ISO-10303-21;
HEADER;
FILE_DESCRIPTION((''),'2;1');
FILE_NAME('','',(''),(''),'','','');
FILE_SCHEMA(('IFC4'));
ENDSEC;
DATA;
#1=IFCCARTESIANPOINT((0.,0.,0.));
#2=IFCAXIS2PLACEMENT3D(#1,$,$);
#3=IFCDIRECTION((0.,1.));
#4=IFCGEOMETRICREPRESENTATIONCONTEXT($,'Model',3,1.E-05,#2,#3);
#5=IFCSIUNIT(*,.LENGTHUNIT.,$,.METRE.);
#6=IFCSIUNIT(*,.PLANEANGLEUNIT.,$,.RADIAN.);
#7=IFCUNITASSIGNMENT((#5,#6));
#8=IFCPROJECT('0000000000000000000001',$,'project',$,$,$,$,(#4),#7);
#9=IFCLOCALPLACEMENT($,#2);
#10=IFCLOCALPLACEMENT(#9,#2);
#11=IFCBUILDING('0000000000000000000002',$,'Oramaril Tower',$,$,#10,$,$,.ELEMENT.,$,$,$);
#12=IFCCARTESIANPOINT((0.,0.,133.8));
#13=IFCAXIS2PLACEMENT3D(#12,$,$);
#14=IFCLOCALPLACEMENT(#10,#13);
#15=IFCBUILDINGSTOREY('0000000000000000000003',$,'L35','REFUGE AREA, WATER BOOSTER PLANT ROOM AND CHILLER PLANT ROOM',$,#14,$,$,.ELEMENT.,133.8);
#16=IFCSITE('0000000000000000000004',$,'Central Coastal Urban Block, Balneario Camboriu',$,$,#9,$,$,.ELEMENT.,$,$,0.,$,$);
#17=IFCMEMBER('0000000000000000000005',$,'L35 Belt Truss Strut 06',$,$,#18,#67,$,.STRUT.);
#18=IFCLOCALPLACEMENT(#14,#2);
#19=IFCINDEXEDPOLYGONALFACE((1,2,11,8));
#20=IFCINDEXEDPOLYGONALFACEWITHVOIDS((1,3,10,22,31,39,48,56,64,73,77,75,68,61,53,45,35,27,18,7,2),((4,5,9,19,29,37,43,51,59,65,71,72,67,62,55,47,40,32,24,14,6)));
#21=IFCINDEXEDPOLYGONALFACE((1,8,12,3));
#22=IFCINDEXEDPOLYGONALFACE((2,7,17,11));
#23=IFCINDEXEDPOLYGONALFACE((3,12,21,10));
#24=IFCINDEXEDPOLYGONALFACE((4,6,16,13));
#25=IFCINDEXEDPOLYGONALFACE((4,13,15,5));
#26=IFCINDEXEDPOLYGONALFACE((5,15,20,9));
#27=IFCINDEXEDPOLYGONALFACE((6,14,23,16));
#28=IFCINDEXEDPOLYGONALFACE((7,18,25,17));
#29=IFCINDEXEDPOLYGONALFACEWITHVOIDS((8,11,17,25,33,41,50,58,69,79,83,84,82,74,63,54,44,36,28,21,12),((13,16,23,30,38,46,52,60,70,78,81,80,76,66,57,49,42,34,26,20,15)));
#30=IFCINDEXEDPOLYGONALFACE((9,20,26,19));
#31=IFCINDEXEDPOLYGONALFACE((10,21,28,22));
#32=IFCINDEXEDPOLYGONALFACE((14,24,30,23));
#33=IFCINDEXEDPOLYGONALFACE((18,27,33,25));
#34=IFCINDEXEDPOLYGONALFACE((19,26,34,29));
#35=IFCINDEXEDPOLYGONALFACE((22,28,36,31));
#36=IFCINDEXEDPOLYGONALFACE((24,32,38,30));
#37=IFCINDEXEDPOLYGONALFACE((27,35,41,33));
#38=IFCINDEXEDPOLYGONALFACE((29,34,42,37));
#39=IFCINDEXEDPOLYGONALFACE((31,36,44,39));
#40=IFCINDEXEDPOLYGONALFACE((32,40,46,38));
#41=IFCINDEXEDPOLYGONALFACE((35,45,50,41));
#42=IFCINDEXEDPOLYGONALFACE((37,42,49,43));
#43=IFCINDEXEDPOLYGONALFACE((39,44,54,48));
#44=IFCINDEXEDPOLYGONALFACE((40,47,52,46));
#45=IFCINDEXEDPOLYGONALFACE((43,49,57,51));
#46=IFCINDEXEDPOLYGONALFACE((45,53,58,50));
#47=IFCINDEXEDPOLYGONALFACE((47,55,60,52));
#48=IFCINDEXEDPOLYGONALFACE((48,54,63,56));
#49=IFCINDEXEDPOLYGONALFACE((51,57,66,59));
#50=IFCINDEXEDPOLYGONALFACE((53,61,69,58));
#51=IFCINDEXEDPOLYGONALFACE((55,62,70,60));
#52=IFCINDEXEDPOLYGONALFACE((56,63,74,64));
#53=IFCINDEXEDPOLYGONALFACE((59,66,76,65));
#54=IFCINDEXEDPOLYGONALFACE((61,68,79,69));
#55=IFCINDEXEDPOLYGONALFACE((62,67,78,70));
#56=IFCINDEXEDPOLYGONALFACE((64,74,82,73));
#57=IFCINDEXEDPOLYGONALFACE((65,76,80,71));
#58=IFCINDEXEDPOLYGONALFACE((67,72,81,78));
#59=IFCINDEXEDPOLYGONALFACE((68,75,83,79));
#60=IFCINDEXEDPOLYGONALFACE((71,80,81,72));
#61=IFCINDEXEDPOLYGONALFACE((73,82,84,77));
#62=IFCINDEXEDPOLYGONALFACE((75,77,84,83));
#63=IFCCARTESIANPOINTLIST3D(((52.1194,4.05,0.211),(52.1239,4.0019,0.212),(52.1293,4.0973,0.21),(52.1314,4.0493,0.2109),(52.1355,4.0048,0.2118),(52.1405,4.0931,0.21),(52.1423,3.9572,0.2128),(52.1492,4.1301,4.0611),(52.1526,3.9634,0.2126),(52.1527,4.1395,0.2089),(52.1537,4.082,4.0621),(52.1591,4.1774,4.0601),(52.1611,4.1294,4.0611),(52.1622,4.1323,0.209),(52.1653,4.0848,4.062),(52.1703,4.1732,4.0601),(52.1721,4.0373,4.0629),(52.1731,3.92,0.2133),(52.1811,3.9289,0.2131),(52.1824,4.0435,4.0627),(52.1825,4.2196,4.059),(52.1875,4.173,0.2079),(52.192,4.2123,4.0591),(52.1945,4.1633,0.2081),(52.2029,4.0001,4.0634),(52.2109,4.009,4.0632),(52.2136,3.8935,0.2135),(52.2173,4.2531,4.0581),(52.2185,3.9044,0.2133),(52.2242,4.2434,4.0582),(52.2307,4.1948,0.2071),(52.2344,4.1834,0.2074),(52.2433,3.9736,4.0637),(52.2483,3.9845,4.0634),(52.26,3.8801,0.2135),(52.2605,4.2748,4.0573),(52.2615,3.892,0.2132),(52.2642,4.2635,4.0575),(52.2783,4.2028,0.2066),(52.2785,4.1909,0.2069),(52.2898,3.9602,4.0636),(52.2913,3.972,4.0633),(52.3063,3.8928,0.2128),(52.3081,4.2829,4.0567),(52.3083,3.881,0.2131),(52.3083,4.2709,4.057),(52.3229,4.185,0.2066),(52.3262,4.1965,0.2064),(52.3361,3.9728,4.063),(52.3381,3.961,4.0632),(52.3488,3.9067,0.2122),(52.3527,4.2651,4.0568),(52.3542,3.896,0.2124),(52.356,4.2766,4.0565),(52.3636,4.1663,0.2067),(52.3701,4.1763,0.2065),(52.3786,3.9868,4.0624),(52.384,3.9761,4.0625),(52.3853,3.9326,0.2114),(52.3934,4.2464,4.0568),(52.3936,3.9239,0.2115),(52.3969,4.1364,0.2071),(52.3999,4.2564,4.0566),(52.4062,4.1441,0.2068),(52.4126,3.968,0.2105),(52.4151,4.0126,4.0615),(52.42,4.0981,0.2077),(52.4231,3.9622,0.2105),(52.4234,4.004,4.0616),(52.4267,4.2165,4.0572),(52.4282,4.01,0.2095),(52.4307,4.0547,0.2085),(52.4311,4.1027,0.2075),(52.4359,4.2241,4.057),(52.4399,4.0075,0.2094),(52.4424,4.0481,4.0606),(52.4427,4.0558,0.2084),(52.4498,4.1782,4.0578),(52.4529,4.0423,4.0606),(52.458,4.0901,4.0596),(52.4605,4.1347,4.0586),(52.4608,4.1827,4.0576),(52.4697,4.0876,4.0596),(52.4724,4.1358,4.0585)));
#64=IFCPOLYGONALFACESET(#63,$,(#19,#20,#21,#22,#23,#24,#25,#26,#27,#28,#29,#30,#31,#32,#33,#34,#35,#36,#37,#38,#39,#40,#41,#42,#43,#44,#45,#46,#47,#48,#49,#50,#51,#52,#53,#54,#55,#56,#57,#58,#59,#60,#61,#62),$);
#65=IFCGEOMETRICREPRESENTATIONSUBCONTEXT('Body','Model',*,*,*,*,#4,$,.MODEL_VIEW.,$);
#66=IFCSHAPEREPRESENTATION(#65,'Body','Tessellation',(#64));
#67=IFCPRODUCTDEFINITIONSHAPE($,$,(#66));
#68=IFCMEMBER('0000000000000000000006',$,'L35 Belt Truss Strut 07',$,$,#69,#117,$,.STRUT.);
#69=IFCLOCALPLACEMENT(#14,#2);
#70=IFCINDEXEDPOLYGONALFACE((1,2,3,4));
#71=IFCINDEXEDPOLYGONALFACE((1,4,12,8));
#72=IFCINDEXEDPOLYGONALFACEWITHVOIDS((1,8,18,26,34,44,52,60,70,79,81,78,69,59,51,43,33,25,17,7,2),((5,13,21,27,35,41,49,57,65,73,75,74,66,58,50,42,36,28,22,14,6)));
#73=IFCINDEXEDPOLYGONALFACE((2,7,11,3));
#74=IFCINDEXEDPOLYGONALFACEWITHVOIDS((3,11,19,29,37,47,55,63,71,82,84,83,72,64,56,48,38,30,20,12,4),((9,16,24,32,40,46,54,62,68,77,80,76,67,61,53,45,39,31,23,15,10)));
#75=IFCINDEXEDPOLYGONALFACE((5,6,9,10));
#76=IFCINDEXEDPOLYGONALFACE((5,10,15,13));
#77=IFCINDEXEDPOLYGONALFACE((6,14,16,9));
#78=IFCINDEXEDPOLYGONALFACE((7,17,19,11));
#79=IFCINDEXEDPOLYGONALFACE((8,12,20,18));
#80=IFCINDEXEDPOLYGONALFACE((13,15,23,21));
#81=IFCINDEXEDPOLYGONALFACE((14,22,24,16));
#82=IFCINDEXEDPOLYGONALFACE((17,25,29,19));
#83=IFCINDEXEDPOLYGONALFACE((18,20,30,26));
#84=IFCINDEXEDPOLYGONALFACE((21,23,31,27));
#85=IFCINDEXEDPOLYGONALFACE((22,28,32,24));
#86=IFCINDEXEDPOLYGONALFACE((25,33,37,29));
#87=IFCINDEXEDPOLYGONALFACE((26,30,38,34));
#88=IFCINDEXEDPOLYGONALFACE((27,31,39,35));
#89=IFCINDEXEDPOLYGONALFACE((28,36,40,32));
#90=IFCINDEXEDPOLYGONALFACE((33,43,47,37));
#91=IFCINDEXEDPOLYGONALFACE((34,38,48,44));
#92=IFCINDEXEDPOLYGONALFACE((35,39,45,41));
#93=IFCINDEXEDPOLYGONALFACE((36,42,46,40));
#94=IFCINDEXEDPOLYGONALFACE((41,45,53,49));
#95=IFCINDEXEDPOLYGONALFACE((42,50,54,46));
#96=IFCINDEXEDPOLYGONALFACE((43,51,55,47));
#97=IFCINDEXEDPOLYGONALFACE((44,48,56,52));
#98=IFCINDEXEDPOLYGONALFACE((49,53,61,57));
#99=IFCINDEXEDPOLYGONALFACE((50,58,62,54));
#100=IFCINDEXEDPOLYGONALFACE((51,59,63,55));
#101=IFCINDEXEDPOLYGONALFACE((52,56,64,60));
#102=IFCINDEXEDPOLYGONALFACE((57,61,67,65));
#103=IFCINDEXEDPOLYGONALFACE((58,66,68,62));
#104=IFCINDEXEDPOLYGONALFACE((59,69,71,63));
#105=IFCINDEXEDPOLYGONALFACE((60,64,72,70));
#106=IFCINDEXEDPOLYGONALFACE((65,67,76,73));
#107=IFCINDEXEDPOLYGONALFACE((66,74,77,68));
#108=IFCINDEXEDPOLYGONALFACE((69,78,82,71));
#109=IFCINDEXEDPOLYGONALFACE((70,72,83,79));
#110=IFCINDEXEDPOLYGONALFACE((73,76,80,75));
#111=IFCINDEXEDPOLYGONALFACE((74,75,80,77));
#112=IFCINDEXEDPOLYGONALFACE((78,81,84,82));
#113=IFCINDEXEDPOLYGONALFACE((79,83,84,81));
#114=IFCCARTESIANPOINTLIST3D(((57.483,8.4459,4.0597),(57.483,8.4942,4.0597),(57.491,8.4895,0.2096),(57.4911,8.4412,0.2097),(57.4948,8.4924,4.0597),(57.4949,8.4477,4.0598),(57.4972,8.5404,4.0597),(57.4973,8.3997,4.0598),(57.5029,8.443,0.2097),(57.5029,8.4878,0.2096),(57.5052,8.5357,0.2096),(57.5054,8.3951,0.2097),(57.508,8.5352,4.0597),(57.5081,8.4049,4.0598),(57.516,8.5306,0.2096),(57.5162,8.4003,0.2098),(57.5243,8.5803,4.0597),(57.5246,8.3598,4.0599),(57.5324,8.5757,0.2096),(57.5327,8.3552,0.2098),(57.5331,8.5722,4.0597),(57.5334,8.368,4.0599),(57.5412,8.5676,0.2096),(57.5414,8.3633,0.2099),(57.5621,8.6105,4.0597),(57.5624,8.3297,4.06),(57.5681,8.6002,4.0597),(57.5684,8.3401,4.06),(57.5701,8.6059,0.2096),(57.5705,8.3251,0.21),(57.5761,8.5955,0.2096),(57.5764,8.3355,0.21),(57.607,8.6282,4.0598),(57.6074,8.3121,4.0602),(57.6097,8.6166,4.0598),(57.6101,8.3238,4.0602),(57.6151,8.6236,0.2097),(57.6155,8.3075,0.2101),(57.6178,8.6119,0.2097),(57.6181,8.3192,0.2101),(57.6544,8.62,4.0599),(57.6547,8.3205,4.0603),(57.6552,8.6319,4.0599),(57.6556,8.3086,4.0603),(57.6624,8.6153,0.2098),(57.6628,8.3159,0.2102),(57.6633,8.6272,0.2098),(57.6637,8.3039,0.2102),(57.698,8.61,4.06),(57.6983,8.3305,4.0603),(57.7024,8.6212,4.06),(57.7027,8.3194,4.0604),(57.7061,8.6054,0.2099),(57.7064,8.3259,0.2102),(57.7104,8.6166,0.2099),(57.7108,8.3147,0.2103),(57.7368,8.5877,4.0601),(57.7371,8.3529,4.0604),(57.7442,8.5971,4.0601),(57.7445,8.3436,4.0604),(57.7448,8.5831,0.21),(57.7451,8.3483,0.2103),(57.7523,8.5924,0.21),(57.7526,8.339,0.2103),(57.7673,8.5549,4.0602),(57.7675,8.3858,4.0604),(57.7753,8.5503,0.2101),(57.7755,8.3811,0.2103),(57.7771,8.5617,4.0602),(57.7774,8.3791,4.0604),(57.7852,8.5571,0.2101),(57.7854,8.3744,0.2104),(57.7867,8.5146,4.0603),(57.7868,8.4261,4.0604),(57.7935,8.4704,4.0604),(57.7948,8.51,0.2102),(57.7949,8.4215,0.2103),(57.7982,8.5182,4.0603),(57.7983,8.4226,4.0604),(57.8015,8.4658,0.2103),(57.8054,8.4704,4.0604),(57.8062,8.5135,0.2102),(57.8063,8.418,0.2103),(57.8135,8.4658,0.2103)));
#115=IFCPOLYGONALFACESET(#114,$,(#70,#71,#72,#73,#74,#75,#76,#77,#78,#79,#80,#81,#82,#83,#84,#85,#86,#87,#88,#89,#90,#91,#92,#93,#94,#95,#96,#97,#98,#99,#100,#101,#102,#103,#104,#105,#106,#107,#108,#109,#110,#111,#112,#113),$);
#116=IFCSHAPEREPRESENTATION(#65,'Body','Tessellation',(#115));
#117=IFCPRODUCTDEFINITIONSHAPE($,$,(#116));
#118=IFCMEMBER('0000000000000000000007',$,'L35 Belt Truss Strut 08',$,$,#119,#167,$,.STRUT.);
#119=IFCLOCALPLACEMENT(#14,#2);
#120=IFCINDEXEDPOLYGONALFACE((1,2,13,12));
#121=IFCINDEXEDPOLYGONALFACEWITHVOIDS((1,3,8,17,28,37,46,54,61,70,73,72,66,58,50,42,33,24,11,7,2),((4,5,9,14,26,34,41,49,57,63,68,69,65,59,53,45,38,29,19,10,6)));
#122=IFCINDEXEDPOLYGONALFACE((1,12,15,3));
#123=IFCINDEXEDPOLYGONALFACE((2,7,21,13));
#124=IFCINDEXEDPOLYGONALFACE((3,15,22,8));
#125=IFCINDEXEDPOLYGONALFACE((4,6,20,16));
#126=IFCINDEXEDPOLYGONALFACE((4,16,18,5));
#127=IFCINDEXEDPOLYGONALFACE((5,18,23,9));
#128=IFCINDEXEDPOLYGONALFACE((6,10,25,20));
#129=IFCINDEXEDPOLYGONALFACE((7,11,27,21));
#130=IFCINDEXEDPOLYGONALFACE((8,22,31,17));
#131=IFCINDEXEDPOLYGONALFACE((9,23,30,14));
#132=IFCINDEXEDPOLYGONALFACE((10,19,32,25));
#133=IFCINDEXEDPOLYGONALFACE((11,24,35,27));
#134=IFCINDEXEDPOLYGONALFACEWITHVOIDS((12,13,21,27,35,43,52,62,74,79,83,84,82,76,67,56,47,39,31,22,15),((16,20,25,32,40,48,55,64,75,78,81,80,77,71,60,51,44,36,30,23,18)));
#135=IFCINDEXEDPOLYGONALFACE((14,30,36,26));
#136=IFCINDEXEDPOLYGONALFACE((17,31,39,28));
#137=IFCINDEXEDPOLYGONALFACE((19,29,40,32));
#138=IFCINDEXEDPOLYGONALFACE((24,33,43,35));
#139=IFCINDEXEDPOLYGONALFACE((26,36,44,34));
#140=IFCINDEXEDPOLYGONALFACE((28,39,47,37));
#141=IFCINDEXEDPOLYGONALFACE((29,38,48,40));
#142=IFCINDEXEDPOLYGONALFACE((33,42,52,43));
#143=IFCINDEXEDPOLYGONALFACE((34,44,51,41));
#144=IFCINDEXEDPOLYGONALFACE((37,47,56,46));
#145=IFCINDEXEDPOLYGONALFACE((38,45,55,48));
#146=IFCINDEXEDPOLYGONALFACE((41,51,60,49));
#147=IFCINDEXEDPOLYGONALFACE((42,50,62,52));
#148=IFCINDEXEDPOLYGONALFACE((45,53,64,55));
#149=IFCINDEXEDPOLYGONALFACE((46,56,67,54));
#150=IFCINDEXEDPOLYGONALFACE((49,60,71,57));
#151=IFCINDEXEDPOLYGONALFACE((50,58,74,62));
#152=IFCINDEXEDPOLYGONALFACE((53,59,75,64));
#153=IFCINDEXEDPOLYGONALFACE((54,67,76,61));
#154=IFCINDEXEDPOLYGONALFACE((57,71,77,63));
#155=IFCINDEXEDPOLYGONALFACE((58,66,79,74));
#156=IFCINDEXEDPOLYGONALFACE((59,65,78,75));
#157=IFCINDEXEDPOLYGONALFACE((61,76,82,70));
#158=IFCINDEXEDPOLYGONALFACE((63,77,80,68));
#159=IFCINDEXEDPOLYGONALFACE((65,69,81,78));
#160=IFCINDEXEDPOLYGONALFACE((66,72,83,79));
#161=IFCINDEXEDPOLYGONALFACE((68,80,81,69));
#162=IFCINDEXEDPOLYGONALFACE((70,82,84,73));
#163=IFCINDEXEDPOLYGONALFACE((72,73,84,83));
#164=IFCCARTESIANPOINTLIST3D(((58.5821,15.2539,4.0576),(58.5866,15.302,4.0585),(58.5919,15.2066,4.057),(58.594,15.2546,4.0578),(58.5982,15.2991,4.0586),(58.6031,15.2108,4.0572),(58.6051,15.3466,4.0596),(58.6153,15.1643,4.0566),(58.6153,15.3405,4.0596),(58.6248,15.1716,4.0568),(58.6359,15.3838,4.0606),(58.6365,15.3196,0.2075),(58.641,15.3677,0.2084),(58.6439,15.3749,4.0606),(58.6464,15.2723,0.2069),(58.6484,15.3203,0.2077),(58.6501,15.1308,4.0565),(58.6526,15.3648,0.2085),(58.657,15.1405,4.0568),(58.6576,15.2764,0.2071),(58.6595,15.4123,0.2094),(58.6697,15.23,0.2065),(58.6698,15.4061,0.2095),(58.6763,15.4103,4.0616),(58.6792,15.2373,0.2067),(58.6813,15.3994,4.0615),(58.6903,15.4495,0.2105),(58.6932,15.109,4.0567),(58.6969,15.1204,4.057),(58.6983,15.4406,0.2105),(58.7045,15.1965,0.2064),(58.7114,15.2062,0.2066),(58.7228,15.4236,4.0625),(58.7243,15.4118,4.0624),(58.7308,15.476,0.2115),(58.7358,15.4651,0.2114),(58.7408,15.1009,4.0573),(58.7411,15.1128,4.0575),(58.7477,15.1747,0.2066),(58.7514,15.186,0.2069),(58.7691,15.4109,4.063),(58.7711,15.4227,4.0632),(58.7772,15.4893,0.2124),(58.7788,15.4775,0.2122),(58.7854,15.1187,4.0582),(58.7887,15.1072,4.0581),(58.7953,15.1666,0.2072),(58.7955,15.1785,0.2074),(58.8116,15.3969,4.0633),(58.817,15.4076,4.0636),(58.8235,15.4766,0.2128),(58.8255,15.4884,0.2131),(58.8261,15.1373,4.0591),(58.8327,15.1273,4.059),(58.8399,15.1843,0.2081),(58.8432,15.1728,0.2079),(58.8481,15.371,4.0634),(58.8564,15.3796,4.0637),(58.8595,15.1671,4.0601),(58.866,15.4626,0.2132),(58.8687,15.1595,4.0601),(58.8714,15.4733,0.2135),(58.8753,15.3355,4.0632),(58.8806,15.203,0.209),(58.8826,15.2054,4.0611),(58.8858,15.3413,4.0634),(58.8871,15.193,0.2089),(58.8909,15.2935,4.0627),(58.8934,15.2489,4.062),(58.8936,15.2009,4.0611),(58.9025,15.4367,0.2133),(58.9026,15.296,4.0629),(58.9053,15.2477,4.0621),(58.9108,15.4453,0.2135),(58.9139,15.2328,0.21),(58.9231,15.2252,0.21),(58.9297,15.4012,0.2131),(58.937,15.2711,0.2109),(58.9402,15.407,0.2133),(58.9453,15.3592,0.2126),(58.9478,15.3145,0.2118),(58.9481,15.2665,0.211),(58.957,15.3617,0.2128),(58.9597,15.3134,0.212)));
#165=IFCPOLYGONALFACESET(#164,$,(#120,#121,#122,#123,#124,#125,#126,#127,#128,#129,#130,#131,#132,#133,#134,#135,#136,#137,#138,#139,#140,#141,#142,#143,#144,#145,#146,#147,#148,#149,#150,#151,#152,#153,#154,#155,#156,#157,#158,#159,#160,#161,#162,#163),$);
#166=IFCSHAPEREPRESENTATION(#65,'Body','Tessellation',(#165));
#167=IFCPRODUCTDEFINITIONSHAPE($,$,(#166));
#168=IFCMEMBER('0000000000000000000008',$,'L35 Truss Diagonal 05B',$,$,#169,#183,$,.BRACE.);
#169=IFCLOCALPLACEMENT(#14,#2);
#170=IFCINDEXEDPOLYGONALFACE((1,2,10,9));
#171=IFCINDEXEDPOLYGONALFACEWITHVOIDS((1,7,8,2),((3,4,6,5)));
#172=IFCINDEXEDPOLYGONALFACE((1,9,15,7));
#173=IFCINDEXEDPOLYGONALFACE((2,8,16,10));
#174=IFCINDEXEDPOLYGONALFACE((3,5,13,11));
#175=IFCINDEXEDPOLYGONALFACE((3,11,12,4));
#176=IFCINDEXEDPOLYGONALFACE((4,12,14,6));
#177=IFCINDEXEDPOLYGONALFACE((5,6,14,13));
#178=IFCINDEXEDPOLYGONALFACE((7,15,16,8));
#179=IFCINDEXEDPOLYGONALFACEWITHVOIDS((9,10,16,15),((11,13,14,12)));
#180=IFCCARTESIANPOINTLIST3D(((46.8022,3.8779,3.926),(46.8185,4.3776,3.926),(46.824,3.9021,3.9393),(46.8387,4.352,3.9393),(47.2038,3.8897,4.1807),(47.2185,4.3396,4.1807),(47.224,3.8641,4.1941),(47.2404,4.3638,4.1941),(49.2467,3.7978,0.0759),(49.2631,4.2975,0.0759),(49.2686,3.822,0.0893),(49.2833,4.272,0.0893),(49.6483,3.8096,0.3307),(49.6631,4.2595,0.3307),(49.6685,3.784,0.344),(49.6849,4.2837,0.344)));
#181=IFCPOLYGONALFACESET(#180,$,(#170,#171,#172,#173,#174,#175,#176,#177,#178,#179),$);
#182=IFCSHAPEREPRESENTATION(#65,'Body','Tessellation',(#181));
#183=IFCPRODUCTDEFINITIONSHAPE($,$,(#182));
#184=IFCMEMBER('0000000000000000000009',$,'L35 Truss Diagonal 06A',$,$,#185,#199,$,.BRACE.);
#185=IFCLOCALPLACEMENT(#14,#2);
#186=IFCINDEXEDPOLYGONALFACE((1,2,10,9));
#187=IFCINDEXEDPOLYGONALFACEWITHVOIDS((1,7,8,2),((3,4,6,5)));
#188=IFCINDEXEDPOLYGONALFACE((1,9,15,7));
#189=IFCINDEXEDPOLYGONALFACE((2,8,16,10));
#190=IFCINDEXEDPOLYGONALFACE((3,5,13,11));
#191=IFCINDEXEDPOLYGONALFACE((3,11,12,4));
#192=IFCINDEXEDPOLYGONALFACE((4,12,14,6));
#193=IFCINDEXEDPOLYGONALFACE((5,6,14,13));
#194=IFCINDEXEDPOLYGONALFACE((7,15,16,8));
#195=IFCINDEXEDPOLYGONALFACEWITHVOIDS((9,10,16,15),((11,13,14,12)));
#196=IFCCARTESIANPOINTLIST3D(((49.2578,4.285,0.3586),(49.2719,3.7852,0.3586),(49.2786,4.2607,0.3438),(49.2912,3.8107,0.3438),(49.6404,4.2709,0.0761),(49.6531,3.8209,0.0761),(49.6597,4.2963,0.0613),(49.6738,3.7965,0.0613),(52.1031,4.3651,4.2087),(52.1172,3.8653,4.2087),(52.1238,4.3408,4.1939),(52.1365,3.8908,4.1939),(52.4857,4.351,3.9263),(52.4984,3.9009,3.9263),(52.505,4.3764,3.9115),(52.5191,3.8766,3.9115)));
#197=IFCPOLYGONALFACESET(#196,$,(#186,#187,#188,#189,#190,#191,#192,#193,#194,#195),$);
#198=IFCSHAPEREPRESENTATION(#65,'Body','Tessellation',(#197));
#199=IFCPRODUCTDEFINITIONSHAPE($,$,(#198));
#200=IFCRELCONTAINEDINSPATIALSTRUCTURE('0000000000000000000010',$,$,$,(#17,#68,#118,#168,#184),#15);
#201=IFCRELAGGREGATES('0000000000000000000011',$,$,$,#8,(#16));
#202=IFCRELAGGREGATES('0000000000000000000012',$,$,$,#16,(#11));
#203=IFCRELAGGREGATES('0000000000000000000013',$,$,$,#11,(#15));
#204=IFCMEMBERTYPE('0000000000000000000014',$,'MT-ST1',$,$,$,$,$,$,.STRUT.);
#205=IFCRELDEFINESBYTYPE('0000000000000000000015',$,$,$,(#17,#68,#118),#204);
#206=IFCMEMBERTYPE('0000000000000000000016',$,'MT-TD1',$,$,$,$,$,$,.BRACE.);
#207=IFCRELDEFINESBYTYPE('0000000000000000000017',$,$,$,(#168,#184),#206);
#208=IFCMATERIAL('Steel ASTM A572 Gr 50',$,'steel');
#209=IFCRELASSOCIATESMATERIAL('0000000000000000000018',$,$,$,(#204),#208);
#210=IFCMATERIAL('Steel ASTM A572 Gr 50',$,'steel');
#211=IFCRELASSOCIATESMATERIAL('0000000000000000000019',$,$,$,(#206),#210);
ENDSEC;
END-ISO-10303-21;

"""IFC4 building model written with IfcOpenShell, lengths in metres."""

from ifc_helpers import new_model, si_unit, direction, frame, origin, origin_2d, place, context, subcontext, project, spatial, hollow_rectangle, hollow_circle, extrude, material, material_profile, profile_set, type_object, element, save


model = new_model("IFC4")

# Units and contexts
model_context = context("Model", 3, precision=1e-05, world=origin(), true_north=direction((0.0, 1.0)))
body_context = subcontext(model_context, "Body", "Model", "MODEL_VIEW")
ifc_project = project(units=[si_unit("LENGTHUNIT", "METRE"), si_unit("PLANEANGLEUNIT", "RADIAN")], contexts=[model_context])

# Site, building, storey
site_placement = place(None, origin())
site = spatial("IfcSite", under=ifc_project, at=site_placement, Name="Central Coastal Urban Block, Balneario Camboriu", CompositionType="ELEMENT", RefElevation=0.0)
building_placement = place(site_placement, origin())
building = spatial("IfcBuilding", under=site, at=building_placement, Name="Oramaril Tower", CompositionType="ELEMENT")
storey_placement = place(building_placement, frame((0.0, 0.0, 133.8)))
storey = spatial("IfcBuildingStorey", under=building, at=storey_placement, Name="L35", Description="REFUGE AREA, WATER BOOSTER PLANT ROOM AND CHILLER PLANT ROOM", CompositionType="ELEMENT", Elevation=133.8)

# Members
ifc_material_1 = material(Name="Steel ASTM A572 Gr 50", Category="steel")
ifc_material_profile_1 = material_profile(ifc_material_1, hollow_circle(Radius=0.1621, WallThickness=0.012, at=origin_2d()), Name="CHS324X12")
ifc_profile_set_1 = profile_set([ifc_material_profile_1], Name="Steel ASTM A572 Gr 50")
member_type_1 = type_object("IfcMemberType", Name="MT-ST1", PredefinedType="STRUT", material=ifc_profile_set_1)
member_1_placement = place(storey_placement, frame((52.2812, 4.0408, 0.21), z_axis=(0.007734, 0.020794, 0.999754), x_axis=(-0.937265, 0.348617, 0.0)))
element("IfcMember", 1, at=member_1_placement, inside=storey, type_object=member_type_1, Name="L35 Belt Truss Strut 06", PredefinedType="STRUT", context=body_context, shape_type="SweptSolid", body=[
    extrude(hollow_circle(Radius=0.1621, WallThickness=0.012, at=origin_2d()), origin(), (0.0, 0.0, 1.0), 3.8511),
])
member_2_placement = place(storey_placement, frame((57.6514, 8.4656, 0.21), z_axis=(-0.002093, 0.001205, 0.999997), x_axis=(-0.498964, -0.866622, 0.0)))
element("IfcMember", 2, at=member_2_placement, inside=storey, type_object=member_type_1, Name="L35 Belt Truss Strut 07", PredefinedType="STRUT", context=body_context, shape_type="SweptSolid", body=[
    extrude(hollow_circle(Radius=0.1621, WallThickness=0.012, at=origin_2d()), origin(), (0.0, 0.0, 1.0), 3.8501),
])
member_3_placement = place(storey_placement, frame((58.7983, 15.3286, 0.21), z_axis=(-0.014137, -0.017054, 0.999755), x_axis=(0.769861, -0.638212, 0.0)))
element("IfcMember", 3, at=member_3_placement, inside=storey, type_object=member_type_1, Name="L35 Belt Truss Strut 08", PredefinedType="STRUT", context=body_context, shape_type="SweptSolid", body=[
    extrude(hollow_circle(Radius=0.1621, WallThickness=0.012, at=origin_2d()), origin(), (0.0, 0.0, 1.0), 3.8511),
])
ifc_material_2 = material(Name="Steel ASTM A572 Gr 50", Category="steel")
ifc_material_profile_2 = material_profile(ifc_material_2, hollow_rectangle(XDim=0.5, YDim=0.5, WallThickness=0.0249, at=origin_2d()), Name="HSS500X500X25")
ifc_profile_set_2 = profile_set([ifc_material_profile_2], Name="Steel ASTM A572 Gr 50")
member_type_2 = type_object("IfcMemberType", Name="MT-TD1", PredefinedType="BRACE", material=ifc_profile_set_2)
member_4_placement = place(storey_placement, frame((49.4658, 4.0408, 0.21), z_axis=(-0.535937, 0.017556, 0.844075), x_axis=(-0.03274, -0.999464, 0.0)))
element("IfcMember", 4, at=member_4_placement, inside=storey, type_object=member_type_2, Name="L35 Truss Diagonal 05B", PredefinedType="BRACE", context=body_context, shape_type="SweptSolid", body=[
    extrude(hollow_rectangle(XDim=0.5, YDim=0.5, WallThickness=0.0249, at=origin_2d()), origin(), (0.0, 0.0, 1.0), 4.5613),
])
member_5_placement = place(storey_placement, frame((49.4658, 4.0408, 0.21), z_axis=(0.594239, 0.016725, 0.804115), x_axis=(-0.028134, 0.999604, 0.0)))
element("IfcMember", 5, at=member_5_placement, inside=storey, type_object=member_type_2, Name="L35 Truss Diagonal 06A", PredefinedType="BRACE", context=body_context, shape_type="SweptSolid", body=[
    extrude(hollow_rectangle(XDim=0.5, YDim=0.5, WallThickness=0.0249, at=origin_2d()), origin(), (0.0, 0.0, 1.0), 4.7881),
])

save(model, "model.ifc")
